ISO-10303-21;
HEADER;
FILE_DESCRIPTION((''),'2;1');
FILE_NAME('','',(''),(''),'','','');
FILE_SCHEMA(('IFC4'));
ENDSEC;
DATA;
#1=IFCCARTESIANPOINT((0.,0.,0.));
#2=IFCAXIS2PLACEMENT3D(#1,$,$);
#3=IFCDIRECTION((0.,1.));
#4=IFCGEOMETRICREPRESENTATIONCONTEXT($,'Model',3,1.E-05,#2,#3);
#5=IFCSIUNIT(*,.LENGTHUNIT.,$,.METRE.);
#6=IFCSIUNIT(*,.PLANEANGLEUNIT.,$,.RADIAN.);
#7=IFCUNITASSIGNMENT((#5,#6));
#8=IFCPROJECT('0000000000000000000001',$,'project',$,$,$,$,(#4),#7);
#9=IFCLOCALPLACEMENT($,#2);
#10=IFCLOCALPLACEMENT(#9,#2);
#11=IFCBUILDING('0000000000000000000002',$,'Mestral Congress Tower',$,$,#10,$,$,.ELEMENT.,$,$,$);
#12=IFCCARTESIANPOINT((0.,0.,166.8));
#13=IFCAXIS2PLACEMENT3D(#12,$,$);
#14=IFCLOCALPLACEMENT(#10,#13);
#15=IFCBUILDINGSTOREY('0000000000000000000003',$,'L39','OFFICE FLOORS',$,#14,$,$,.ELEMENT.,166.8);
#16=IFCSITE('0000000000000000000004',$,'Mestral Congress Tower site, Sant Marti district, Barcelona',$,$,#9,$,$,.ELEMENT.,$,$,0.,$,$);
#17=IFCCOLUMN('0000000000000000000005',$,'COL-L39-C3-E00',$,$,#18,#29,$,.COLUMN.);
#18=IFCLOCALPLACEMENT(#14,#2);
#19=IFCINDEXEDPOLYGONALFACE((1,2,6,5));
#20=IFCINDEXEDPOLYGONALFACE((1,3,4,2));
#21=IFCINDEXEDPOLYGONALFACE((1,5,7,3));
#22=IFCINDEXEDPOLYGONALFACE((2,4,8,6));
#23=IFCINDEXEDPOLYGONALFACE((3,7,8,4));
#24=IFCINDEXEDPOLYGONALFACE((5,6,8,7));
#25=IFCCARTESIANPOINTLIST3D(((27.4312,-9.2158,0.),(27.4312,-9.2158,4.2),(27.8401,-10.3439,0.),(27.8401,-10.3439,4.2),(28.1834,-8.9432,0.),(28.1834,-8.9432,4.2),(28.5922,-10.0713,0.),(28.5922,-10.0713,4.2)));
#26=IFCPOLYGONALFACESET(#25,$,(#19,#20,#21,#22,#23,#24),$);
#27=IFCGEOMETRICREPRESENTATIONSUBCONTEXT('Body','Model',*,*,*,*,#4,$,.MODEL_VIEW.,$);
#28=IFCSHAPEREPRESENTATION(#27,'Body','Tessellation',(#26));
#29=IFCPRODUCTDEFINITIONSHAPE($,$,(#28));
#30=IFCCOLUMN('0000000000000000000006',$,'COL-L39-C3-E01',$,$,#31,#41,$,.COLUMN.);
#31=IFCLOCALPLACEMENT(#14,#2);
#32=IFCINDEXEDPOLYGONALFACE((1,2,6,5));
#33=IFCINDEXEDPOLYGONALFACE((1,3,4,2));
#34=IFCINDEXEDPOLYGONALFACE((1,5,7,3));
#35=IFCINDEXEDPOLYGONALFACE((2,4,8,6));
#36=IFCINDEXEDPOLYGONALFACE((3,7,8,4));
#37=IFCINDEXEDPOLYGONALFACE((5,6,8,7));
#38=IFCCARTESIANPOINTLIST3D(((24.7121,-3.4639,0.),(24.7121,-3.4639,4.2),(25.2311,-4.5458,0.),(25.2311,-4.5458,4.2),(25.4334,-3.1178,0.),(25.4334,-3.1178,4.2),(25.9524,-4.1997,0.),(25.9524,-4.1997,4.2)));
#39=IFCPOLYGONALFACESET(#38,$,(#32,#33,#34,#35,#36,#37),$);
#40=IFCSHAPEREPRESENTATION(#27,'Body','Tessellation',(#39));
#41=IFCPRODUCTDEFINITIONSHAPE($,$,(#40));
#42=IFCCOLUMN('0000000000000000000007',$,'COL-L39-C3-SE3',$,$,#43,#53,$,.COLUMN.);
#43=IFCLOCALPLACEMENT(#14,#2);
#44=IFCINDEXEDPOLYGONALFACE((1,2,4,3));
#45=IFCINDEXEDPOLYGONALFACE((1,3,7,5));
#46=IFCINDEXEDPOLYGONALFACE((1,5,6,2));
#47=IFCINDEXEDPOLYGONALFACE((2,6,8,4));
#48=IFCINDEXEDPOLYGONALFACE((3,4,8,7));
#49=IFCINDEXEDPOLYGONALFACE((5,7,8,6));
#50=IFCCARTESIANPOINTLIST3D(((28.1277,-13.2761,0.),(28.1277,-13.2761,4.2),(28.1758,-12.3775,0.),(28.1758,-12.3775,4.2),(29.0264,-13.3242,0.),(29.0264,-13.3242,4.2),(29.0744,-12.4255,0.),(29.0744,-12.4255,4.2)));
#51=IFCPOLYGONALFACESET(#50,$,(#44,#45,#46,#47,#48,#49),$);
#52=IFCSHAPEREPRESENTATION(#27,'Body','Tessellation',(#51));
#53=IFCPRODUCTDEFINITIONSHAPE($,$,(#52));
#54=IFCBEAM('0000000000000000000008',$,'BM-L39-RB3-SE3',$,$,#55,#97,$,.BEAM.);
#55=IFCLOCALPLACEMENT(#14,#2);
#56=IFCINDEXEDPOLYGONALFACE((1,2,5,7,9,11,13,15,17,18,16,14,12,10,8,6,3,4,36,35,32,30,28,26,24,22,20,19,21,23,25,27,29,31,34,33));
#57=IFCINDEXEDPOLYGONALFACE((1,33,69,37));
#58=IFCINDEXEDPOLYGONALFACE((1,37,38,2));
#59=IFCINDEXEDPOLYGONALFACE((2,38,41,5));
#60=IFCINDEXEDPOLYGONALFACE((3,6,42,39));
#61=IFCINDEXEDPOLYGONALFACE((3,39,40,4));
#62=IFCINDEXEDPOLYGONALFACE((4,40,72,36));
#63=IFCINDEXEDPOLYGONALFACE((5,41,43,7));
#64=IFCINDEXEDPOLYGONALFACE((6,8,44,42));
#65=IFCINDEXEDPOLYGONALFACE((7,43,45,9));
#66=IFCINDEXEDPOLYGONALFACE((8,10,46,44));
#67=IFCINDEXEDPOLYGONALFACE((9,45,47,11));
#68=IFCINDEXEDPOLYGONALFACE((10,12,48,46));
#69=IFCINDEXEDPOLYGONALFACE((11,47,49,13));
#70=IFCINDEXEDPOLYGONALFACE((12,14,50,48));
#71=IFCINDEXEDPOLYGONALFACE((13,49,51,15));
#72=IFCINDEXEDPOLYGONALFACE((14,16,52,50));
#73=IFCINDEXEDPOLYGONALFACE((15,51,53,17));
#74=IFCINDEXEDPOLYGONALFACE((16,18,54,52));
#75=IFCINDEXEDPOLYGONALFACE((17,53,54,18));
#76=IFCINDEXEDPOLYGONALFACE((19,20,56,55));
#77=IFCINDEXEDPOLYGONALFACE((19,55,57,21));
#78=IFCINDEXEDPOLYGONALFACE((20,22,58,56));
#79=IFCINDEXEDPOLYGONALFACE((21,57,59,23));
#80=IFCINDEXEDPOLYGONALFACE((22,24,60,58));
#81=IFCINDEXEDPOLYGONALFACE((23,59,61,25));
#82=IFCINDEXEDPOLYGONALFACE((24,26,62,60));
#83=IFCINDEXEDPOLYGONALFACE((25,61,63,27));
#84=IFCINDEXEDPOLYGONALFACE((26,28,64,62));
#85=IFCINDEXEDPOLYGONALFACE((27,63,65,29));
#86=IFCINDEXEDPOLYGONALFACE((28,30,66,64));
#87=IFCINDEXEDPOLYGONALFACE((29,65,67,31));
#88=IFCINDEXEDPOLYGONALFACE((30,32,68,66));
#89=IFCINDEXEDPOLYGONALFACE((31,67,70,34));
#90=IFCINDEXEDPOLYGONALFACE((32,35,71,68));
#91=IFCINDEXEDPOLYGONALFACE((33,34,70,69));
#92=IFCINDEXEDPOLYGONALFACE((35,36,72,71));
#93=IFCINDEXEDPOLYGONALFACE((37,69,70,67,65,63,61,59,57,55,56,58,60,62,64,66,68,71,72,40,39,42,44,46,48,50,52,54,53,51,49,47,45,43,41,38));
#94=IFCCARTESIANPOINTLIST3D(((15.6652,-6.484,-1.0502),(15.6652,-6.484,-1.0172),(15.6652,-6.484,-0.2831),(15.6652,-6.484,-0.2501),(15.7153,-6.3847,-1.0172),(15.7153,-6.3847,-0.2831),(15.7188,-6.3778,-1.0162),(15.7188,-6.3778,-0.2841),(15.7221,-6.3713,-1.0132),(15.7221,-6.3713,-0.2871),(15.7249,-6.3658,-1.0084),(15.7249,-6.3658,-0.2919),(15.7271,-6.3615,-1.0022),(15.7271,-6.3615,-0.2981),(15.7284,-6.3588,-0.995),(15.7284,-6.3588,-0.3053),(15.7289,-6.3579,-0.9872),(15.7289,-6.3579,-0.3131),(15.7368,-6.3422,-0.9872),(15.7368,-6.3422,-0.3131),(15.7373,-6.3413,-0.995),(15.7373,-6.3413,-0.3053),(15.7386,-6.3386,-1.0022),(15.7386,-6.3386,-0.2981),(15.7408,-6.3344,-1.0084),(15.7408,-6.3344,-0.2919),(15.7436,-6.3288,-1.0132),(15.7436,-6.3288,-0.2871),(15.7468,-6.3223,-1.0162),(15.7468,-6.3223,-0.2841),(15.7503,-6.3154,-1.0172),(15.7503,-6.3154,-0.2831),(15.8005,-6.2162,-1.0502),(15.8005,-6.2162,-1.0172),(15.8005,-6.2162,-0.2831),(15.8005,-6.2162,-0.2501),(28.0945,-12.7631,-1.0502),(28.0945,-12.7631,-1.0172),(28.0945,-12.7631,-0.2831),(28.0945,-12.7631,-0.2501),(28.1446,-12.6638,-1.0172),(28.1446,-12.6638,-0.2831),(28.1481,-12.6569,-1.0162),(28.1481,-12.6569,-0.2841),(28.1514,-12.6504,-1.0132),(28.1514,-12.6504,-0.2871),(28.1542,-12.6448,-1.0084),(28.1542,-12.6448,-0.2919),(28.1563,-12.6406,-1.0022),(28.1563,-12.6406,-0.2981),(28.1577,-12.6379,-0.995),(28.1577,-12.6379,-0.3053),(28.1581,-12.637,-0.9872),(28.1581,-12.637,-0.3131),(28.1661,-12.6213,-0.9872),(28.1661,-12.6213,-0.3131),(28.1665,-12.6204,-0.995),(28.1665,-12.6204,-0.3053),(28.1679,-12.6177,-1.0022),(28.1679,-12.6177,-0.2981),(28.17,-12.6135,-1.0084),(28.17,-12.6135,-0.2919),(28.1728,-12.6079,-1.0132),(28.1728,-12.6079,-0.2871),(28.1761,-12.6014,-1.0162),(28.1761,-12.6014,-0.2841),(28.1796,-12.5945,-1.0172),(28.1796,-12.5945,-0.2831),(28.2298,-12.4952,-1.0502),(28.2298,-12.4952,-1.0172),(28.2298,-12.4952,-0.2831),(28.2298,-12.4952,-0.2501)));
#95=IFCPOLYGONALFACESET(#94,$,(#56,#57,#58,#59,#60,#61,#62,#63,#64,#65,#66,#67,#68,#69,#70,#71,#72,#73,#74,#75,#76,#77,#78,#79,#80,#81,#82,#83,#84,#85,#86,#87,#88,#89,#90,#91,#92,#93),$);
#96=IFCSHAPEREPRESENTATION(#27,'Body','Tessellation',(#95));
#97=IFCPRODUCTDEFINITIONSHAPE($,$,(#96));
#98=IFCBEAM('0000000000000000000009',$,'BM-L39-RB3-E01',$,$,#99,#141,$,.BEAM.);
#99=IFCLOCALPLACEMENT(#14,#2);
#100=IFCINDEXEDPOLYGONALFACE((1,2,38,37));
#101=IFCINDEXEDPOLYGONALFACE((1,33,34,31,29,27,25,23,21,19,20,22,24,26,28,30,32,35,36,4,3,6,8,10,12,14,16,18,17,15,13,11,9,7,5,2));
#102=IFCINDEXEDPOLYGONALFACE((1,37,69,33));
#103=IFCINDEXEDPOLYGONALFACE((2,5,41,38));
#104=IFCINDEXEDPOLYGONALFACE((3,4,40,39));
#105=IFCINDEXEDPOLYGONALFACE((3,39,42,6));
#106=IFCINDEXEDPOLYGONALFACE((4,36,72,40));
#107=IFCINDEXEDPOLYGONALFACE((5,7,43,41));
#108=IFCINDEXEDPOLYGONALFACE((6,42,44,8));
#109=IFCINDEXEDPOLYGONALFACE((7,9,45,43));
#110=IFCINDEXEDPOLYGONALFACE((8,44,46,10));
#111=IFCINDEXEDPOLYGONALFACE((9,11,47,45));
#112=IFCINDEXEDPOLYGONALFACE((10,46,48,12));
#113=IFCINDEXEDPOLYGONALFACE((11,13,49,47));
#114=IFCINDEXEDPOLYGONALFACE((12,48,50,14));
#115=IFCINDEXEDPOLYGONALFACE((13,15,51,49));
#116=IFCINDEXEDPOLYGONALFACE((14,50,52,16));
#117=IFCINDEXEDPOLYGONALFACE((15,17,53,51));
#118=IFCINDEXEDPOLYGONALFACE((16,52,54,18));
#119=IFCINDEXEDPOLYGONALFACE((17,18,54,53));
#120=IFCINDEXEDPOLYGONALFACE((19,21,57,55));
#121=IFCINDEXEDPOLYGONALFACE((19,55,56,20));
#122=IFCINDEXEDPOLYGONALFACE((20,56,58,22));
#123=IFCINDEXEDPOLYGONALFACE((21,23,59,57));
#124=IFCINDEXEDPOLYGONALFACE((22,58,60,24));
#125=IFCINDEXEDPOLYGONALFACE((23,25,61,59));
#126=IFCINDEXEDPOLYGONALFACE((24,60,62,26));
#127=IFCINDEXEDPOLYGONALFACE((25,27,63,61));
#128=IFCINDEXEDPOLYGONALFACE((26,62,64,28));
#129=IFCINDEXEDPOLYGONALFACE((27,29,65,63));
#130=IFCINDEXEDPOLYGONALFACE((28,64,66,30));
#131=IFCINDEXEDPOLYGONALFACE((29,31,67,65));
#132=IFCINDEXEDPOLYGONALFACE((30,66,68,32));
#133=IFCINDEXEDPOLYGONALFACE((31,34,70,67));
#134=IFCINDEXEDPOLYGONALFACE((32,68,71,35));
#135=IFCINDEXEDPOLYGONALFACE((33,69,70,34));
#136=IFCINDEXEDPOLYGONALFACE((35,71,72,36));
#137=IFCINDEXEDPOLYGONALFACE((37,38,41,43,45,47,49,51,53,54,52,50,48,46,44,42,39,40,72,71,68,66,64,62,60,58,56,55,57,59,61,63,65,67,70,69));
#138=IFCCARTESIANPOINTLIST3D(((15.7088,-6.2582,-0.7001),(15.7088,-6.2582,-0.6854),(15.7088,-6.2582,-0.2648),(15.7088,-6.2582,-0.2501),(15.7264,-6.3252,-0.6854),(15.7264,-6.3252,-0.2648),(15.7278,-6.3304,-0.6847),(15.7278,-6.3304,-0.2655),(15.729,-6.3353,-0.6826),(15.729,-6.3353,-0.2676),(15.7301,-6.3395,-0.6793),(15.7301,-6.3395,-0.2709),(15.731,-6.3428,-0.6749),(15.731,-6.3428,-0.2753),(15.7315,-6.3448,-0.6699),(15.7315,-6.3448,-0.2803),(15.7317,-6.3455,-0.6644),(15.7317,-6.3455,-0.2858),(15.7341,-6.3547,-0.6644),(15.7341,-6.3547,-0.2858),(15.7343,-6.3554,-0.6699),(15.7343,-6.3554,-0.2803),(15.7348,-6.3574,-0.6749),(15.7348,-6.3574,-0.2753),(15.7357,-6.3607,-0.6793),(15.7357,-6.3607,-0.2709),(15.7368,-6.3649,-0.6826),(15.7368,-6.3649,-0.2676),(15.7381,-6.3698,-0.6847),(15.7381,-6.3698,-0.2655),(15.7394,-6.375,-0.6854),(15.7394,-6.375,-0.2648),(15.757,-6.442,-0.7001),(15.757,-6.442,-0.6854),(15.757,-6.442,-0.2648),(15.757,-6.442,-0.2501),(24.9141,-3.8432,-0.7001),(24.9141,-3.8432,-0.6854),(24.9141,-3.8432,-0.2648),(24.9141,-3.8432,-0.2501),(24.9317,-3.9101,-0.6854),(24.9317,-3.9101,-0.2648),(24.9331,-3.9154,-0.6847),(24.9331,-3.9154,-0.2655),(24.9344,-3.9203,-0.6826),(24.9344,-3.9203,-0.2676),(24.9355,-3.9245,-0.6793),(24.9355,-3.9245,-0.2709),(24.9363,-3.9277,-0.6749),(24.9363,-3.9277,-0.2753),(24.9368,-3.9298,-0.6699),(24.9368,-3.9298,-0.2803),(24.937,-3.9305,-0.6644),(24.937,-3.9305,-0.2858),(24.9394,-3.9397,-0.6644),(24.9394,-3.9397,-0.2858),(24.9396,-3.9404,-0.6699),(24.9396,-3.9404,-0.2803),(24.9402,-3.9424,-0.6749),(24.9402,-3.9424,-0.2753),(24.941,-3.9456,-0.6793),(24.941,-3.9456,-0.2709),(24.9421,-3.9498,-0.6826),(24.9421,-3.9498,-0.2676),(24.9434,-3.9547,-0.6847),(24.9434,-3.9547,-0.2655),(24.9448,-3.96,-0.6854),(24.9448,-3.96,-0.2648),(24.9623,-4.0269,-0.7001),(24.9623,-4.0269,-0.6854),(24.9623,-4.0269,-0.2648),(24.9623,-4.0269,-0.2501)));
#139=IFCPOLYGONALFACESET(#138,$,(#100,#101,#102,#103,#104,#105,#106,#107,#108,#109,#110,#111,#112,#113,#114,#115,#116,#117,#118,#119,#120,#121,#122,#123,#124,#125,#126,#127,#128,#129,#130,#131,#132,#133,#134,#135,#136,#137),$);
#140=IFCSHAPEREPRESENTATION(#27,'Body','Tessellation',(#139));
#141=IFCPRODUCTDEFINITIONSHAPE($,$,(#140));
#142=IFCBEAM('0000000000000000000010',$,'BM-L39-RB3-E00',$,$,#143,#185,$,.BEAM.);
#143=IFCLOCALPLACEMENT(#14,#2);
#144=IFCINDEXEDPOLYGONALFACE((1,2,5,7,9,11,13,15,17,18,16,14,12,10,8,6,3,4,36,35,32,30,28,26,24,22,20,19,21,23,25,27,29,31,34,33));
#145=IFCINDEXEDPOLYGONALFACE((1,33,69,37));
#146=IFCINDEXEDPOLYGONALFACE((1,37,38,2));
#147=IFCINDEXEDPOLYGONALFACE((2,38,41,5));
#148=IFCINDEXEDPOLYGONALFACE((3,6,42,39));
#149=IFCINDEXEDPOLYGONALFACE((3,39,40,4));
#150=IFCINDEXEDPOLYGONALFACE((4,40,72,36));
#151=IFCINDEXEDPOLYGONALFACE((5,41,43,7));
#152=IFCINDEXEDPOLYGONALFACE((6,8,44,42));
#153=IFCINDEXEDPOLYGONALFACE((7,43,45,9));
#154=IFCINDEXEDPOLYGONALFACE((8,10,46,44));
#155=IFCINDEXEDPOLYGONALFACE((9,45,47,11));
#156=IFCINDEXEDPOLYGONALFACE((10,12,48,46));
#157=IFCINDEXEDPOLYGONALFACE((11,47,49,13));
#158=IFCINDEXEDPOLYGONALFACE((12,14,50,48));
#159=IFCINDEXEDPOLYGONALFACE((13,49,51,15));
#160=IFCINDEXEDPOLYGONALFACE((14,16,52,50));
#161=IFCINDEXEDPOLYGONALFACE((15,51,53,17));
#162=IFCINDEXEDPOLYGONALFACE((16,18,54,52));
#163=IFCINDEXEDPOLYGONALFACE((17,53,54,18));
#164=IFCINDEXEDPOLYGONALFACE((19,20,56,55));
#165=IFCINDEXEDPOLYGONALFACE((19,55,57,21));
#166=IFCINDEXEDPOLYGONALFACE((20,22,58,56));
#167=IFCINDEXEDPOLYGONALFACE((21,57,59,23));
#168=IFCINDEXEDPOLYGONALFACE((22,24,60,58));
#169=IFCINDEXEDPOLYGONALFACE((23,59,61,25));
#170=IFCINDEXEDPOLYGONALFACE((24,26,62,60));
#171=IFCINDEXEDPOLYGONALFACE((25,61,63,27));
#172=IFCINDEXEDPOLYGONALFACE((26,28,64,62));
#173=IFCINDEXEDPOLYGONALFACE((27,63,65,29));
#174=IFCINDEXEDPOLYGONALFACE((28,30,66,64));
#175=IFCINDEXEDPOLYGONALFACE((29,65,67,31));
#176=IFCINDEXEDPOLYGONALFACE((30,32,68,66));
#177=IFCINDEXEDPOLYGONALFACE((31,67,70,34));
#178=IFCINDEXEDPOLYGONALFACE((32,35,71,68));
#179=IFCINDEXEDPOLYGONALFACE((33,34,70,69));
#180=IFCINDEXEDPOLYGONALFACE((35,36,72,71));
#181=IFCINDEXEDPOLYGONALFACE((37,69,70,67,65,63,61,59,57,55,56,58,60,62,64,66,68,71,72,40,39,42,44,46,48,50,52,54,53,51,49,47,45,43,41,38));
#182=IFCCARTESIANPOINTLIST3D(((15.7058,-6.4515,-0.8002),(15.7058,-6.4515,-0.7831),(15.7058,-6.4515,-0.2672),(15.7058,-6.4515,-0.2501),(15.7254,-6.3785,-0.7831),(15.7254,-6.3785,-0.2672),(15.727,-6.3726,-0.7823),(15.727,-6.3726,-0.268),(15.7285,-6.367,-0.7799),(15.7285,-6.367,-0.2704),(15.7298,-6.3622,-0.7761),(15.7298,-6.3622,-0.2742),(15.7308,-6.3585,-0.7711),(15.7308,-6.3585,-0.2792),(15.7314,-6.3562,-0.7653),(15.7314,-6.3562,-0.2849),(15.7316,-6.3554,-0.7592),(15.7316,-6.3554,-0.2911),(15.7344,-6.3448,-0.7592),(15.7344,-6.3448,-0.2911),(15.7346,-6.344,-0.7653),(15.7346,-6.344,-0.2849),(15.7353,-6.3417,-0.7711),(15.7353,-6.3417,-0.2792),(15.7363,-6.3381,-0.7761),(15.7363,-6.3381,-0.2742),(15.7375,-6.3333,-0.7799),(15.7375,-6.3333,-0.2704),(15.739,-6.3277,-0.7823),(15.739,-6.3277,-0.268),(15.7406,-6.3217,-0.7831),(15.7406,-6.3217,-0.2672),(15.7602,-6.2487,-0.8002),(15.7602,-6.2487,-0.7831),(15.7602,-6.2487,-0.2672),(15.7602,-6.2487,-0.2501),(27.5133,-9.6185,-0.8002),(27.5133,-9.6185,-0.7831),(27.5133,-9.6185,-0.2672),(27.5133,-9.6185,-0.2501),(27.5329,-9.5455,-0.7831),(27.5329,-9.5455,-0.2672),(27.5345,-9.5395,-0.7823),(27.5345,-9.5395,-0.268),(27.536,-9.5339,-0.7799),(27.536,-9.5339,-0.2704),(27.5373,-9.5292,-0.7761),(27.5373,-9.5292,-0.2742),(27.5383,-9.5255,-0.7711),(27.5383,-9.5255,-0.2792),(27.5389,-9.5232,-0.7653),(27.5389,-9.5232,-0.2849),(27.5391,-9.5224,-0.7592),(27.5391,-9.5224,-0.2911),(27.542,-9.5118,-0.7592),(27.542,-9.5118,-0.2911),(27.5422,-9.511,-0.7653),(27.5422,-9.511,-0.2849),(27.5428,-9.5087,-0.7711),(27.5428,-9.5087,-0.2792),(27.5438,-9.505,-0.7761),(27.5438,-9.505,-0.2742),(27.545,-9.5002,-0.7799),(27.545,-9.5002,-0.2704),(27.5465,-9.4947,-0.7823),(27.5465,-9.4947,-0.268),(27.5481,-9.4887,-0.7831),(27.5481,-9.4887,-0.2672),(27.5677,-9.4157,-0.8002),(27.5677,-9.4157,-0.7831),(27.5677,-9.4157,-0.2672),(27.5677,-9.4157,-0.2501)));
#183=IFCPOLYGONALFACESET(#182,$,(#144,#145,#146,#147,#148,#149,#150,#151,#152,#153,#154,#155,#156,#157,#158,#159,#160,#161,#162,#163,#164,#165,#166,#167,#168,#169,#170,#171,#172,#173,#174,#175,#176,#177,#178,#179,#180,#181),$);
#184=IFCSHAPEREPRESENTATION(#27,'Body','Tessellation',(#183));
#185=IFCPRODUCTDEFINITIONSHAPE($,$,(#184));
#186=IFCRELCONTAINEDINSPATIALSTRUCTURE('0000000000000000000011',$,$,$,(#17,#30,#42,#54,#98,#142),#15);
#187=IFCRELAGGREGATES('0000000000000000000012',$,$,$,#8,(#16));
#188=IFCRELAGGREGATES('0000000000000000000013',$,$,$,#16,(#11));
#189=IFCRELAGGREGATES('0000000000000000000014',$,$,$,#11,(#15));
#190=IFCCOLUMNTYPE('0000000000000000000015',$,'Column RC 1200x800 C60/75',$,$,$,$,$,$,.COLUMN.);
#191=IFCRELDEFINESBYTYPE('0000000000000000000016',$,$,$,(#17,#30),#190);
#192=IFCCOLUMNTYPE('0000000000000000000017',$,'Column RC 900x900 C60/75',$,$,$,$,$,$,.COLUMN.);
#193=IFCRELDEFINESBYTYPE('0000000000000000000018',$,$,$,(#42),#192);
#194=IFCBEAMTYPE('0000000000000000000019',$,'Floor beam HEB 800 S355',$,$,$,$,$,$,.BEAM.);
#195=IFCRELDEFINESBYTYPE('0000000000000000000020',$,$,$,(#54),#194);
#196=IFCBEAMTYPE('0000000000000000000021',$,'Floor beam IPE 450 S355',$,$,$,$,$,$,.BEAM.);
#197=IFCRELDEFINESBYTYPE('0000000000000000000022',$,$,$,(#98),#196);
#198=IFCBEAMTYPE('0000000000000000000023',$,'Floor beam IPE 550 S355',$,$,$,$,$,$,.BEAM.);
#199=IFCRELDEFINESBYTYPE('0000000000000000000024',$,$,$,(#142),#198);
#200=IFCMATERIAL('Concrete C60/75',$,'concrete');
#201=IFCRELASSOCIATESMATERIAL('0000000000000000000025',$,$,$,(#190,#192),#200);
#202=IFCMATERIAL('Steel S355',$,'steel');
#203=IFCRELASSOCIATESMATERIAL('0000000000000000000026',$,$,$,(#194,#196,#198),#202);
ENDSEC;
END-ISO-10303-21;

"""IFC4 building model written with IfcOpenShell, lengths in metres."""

from ifc_helpers import new_model, si_unit, direction, frame, origin, origin_2d, place, context, subcontext, project, spatial, rectangle, i_section, extrude, material, material_profile, profile_set, type_object, element, save


model = new_model("IFC4")

# Units and contexts
model_context = context("Model", 3, precision=1e-05, world=origin(), true_north=direction((0.0, 1.0)))
body_context = subcontext(model_context, "Body", "Model", "MODEL_VIEW")
ifc_project = project(units=[si_unit("LENGTHUNIT", "METRE"), si_unit("PLANEANGLEUNIT", "RADIAN")], contexts=[model_context])

# Site, building, storey
site_placement = place(None, origin())
site = spatial("IfcSite", under=ifc_project, at=site_placement, Name="Mestral Congress Tower site, Sant Marti district, Barcelona", CompositionType="ELEMENT", RefElevation=0.0)
building_placement = place(site_placement, origin())
building = spatial("IfcBuilding", under=site, at=building_placement, Name="Mestral Congress Tower", CompositionType="ELEMENT")
storey_placement = place(building_placement, frame((0.0, 0.0, 166.8)))
storey = spatial("IfcBuildingStorey", under=building, at=storey_placement, Name="L39", Description="OFFICE FLOORS", CompositionType="ELEMENT", Elevation=166.8)

# Columns
ifc_material_1 = material(Name="Concrete C60/75", Category="concrete")
ifc_material_profile_1 = material_profile(ifc_material_1, rectangle(XDim=1.2, YDim=0.8, at=origin_2d()), Name="RC 1200x800")
ifc_profile_set_1 = profile_set([ifc_material_profile_1], Name="Concrete C60/75")
column_type_1 = type_object("IfcColumnType", Name="Column RC 1200x800 C60/75", PredefinedType="COLUMN", material=ifc_profile_set_1)
for number, where, z_axis, x_axis, name in (
    (1, (28.0117, -9.6436, 0.0), (0.0, 0.0, 1.0), (-0.340744, 0.940156, 0.0), "COL-L39-C3-E00"),
    (2, (25.3323, -3.8318, 0.0), (0.0, 0.0, 1.0), (-0.432522, 0.901624, 0.0), "COL-L39-C3-E01"),
):
    element("IfcColumn", number, at=place(storey_placement, frame(where, z_axis=z_axis, x_axis=x_axis)), inside=storey, type_object=column_type_1, Name=name, PredefinedType="COLUMN", context=body_context, shape_type="SweptSolid", body=[
        extrude(rectangle(XDim=1.2, YDim=0.8, at=origin_2d()), origin(), (0.0, 0.0, 1.0), 4.2),
    ])
ifc_material_profile_2 = material_profile(ifc_material_1, rectangle(XDim=0.8999, YDim=0.8999, at=origin_2d()), Name="RC 900x900")
ifc_profile_set_2 = profile_set([ifc_material_profile_2], Name="Concrete C60/75")
column_type_2 = type_object("IfcColumnType", Name="Column RC 900x900 C60/75", PredefinedType="COLUMN", material=ifc_profile_set_2)
column_placement = place(storey_placement, frame((28.6011, -12.8508, 0.0), z_axis=(0.0, 0.0, 1.0), x_axis=(0.053392, 0.998574, 0.0)))
element("IfcColumn", 3, at=column_placement, inside=storey, type_object=column_type_2, Name="COL-L39-C3-SE3", PredefinedType="COLUMN", context=body_context, shape_type="SweptSolid", body=[
    extrude(rectangle(XDim=0.8999, YDim=0.8999, at=origin_2d()), origin(), (0.0, 0.0, 1.0), 4.2),
])

# Beams
ifc_material_2 = material(Name="Steel S355", Category="steel")
ifc_material_profile_3 = material_profile(ifc_material_2, i_section(OverallWidth=0.3, OverallDepth=0.8, WebThickness=0.0176, FlangeThickness=0.033, FilletRadius=0.03, at=origin_2d()), Name="HEB 800")
ifc_profile_set_3 = profile_set([ifc_material_profile_3], Name="Steel S355")
beam_type_1 = type_object("IfcBeamType", Name="Floor beam HEB 800 S355", PredefinedType="BEAM", material=ifc_profile_set_3)
beam_1_placement = place(storey_placement, frame((28.1621, -12.6292, -0.6501), z_axis=(-0.892568, 0.450913, 0.0), x_axis=(-0.450913, -0.892568, 0.0)))
element("IfcBeam", 4, at=beam_1_placement, inside=storey, type_object=beam_type_1, Name="BM-L39-RB3-SE3", PredefinedType="BEAM", context=body_context, shape_type="SweptSolid", body=[
    extrude(i_section(OverallWidth=0.3, OverallDepth=0.8, WebThickness=0.0176, FlangeThickness=0.033, FilletRadius=0.03, at=origin_2d()), origin(), (0.0, 0.0, 1.0), 13.9253),
])
ifc_material_profile_4 = material_profile(ifc_material_2, i_section(OverallWidth=0.1899, OverallDepth=0.45, WebThickness=0.0095, FlangeThickness=0.0146, FilletRadius=0.021, at=origin_2d()), Name="IPE 450")
ifc_profile_set_4 = profile_set([ifc_material_profile_4], Name="Steel S355")
beam_type_2 = type_object("IfcBeamType", Name="Floor beam IPE 450 S355", PredefinedType="BEAM", material=ifc_profile_set_4)
beam_2_placement = place(storey_placement, frame((24.9382, -3.9351, -0.4751), z_axis=(-0.967266, -0.253765, 0.0), x_axis=(0.253765, -0.967266, 0.0)))
element("IfcBeam", 5, at=beam_2_placement, inside=storey, type_object=beam_type_2, Name="BM-L39-RB3-E01", PredefinedType="BEAM", context=body_context, shape_type="SweptSolid", body=[
    extrude(i_section(OverallWidth=0.1899, OverallDepth=0.45, WebThickness=0.0095, FlangeThickness=0.0146, FilletRadius=0.021, at=origin_2d()), origin(), (0.0, 0.0, 1.0), 9.5168),
])
ifc_material_profile_5 = material_profile(ifc_material_2, i_section(OverallWidth=0.21, OverallDepth=0.55, WebThickness=0.011, FlangeThickness=0.0171, FilletRadius=0.0239, at=origin_2d()), Name="IPE 550")
ifc_profile_set_5 = profile_set([ifc_material_profile_5], Name="Steel S355")
beam_type_3 = type_object("IfcBeamType", Name="Floor beam IPE 550 S355", PredefinedType="BEAM", material=ifc_profile_set_5)
beam_3_placement = place(storey_placement, frame((27.5405, -9.5171, -0.5251), z_axis=(-0.965861, 0.259059, 0.0), x_axis=(-0.259059, -0.965861, 0.0)))
element("IfcBeam", 6, at=beam_3_placement, inside=storey, type_object=beam_type_3, Name="BM-L39-RB3-E00", PredefinedType="BEAM", context=body_context, shape_type="SweptSolid", body=[
    extrude(i_section(OverallWidth=0.21, OverallDepth=0.55, WebThickness=0.011, FlangeThickness=0.0171, FilletRadius=0.0239, at=origin_2d()), origin(), (0.0, 0.0, 1.0), 12.2249),
])

save(model, "model.ifc")
